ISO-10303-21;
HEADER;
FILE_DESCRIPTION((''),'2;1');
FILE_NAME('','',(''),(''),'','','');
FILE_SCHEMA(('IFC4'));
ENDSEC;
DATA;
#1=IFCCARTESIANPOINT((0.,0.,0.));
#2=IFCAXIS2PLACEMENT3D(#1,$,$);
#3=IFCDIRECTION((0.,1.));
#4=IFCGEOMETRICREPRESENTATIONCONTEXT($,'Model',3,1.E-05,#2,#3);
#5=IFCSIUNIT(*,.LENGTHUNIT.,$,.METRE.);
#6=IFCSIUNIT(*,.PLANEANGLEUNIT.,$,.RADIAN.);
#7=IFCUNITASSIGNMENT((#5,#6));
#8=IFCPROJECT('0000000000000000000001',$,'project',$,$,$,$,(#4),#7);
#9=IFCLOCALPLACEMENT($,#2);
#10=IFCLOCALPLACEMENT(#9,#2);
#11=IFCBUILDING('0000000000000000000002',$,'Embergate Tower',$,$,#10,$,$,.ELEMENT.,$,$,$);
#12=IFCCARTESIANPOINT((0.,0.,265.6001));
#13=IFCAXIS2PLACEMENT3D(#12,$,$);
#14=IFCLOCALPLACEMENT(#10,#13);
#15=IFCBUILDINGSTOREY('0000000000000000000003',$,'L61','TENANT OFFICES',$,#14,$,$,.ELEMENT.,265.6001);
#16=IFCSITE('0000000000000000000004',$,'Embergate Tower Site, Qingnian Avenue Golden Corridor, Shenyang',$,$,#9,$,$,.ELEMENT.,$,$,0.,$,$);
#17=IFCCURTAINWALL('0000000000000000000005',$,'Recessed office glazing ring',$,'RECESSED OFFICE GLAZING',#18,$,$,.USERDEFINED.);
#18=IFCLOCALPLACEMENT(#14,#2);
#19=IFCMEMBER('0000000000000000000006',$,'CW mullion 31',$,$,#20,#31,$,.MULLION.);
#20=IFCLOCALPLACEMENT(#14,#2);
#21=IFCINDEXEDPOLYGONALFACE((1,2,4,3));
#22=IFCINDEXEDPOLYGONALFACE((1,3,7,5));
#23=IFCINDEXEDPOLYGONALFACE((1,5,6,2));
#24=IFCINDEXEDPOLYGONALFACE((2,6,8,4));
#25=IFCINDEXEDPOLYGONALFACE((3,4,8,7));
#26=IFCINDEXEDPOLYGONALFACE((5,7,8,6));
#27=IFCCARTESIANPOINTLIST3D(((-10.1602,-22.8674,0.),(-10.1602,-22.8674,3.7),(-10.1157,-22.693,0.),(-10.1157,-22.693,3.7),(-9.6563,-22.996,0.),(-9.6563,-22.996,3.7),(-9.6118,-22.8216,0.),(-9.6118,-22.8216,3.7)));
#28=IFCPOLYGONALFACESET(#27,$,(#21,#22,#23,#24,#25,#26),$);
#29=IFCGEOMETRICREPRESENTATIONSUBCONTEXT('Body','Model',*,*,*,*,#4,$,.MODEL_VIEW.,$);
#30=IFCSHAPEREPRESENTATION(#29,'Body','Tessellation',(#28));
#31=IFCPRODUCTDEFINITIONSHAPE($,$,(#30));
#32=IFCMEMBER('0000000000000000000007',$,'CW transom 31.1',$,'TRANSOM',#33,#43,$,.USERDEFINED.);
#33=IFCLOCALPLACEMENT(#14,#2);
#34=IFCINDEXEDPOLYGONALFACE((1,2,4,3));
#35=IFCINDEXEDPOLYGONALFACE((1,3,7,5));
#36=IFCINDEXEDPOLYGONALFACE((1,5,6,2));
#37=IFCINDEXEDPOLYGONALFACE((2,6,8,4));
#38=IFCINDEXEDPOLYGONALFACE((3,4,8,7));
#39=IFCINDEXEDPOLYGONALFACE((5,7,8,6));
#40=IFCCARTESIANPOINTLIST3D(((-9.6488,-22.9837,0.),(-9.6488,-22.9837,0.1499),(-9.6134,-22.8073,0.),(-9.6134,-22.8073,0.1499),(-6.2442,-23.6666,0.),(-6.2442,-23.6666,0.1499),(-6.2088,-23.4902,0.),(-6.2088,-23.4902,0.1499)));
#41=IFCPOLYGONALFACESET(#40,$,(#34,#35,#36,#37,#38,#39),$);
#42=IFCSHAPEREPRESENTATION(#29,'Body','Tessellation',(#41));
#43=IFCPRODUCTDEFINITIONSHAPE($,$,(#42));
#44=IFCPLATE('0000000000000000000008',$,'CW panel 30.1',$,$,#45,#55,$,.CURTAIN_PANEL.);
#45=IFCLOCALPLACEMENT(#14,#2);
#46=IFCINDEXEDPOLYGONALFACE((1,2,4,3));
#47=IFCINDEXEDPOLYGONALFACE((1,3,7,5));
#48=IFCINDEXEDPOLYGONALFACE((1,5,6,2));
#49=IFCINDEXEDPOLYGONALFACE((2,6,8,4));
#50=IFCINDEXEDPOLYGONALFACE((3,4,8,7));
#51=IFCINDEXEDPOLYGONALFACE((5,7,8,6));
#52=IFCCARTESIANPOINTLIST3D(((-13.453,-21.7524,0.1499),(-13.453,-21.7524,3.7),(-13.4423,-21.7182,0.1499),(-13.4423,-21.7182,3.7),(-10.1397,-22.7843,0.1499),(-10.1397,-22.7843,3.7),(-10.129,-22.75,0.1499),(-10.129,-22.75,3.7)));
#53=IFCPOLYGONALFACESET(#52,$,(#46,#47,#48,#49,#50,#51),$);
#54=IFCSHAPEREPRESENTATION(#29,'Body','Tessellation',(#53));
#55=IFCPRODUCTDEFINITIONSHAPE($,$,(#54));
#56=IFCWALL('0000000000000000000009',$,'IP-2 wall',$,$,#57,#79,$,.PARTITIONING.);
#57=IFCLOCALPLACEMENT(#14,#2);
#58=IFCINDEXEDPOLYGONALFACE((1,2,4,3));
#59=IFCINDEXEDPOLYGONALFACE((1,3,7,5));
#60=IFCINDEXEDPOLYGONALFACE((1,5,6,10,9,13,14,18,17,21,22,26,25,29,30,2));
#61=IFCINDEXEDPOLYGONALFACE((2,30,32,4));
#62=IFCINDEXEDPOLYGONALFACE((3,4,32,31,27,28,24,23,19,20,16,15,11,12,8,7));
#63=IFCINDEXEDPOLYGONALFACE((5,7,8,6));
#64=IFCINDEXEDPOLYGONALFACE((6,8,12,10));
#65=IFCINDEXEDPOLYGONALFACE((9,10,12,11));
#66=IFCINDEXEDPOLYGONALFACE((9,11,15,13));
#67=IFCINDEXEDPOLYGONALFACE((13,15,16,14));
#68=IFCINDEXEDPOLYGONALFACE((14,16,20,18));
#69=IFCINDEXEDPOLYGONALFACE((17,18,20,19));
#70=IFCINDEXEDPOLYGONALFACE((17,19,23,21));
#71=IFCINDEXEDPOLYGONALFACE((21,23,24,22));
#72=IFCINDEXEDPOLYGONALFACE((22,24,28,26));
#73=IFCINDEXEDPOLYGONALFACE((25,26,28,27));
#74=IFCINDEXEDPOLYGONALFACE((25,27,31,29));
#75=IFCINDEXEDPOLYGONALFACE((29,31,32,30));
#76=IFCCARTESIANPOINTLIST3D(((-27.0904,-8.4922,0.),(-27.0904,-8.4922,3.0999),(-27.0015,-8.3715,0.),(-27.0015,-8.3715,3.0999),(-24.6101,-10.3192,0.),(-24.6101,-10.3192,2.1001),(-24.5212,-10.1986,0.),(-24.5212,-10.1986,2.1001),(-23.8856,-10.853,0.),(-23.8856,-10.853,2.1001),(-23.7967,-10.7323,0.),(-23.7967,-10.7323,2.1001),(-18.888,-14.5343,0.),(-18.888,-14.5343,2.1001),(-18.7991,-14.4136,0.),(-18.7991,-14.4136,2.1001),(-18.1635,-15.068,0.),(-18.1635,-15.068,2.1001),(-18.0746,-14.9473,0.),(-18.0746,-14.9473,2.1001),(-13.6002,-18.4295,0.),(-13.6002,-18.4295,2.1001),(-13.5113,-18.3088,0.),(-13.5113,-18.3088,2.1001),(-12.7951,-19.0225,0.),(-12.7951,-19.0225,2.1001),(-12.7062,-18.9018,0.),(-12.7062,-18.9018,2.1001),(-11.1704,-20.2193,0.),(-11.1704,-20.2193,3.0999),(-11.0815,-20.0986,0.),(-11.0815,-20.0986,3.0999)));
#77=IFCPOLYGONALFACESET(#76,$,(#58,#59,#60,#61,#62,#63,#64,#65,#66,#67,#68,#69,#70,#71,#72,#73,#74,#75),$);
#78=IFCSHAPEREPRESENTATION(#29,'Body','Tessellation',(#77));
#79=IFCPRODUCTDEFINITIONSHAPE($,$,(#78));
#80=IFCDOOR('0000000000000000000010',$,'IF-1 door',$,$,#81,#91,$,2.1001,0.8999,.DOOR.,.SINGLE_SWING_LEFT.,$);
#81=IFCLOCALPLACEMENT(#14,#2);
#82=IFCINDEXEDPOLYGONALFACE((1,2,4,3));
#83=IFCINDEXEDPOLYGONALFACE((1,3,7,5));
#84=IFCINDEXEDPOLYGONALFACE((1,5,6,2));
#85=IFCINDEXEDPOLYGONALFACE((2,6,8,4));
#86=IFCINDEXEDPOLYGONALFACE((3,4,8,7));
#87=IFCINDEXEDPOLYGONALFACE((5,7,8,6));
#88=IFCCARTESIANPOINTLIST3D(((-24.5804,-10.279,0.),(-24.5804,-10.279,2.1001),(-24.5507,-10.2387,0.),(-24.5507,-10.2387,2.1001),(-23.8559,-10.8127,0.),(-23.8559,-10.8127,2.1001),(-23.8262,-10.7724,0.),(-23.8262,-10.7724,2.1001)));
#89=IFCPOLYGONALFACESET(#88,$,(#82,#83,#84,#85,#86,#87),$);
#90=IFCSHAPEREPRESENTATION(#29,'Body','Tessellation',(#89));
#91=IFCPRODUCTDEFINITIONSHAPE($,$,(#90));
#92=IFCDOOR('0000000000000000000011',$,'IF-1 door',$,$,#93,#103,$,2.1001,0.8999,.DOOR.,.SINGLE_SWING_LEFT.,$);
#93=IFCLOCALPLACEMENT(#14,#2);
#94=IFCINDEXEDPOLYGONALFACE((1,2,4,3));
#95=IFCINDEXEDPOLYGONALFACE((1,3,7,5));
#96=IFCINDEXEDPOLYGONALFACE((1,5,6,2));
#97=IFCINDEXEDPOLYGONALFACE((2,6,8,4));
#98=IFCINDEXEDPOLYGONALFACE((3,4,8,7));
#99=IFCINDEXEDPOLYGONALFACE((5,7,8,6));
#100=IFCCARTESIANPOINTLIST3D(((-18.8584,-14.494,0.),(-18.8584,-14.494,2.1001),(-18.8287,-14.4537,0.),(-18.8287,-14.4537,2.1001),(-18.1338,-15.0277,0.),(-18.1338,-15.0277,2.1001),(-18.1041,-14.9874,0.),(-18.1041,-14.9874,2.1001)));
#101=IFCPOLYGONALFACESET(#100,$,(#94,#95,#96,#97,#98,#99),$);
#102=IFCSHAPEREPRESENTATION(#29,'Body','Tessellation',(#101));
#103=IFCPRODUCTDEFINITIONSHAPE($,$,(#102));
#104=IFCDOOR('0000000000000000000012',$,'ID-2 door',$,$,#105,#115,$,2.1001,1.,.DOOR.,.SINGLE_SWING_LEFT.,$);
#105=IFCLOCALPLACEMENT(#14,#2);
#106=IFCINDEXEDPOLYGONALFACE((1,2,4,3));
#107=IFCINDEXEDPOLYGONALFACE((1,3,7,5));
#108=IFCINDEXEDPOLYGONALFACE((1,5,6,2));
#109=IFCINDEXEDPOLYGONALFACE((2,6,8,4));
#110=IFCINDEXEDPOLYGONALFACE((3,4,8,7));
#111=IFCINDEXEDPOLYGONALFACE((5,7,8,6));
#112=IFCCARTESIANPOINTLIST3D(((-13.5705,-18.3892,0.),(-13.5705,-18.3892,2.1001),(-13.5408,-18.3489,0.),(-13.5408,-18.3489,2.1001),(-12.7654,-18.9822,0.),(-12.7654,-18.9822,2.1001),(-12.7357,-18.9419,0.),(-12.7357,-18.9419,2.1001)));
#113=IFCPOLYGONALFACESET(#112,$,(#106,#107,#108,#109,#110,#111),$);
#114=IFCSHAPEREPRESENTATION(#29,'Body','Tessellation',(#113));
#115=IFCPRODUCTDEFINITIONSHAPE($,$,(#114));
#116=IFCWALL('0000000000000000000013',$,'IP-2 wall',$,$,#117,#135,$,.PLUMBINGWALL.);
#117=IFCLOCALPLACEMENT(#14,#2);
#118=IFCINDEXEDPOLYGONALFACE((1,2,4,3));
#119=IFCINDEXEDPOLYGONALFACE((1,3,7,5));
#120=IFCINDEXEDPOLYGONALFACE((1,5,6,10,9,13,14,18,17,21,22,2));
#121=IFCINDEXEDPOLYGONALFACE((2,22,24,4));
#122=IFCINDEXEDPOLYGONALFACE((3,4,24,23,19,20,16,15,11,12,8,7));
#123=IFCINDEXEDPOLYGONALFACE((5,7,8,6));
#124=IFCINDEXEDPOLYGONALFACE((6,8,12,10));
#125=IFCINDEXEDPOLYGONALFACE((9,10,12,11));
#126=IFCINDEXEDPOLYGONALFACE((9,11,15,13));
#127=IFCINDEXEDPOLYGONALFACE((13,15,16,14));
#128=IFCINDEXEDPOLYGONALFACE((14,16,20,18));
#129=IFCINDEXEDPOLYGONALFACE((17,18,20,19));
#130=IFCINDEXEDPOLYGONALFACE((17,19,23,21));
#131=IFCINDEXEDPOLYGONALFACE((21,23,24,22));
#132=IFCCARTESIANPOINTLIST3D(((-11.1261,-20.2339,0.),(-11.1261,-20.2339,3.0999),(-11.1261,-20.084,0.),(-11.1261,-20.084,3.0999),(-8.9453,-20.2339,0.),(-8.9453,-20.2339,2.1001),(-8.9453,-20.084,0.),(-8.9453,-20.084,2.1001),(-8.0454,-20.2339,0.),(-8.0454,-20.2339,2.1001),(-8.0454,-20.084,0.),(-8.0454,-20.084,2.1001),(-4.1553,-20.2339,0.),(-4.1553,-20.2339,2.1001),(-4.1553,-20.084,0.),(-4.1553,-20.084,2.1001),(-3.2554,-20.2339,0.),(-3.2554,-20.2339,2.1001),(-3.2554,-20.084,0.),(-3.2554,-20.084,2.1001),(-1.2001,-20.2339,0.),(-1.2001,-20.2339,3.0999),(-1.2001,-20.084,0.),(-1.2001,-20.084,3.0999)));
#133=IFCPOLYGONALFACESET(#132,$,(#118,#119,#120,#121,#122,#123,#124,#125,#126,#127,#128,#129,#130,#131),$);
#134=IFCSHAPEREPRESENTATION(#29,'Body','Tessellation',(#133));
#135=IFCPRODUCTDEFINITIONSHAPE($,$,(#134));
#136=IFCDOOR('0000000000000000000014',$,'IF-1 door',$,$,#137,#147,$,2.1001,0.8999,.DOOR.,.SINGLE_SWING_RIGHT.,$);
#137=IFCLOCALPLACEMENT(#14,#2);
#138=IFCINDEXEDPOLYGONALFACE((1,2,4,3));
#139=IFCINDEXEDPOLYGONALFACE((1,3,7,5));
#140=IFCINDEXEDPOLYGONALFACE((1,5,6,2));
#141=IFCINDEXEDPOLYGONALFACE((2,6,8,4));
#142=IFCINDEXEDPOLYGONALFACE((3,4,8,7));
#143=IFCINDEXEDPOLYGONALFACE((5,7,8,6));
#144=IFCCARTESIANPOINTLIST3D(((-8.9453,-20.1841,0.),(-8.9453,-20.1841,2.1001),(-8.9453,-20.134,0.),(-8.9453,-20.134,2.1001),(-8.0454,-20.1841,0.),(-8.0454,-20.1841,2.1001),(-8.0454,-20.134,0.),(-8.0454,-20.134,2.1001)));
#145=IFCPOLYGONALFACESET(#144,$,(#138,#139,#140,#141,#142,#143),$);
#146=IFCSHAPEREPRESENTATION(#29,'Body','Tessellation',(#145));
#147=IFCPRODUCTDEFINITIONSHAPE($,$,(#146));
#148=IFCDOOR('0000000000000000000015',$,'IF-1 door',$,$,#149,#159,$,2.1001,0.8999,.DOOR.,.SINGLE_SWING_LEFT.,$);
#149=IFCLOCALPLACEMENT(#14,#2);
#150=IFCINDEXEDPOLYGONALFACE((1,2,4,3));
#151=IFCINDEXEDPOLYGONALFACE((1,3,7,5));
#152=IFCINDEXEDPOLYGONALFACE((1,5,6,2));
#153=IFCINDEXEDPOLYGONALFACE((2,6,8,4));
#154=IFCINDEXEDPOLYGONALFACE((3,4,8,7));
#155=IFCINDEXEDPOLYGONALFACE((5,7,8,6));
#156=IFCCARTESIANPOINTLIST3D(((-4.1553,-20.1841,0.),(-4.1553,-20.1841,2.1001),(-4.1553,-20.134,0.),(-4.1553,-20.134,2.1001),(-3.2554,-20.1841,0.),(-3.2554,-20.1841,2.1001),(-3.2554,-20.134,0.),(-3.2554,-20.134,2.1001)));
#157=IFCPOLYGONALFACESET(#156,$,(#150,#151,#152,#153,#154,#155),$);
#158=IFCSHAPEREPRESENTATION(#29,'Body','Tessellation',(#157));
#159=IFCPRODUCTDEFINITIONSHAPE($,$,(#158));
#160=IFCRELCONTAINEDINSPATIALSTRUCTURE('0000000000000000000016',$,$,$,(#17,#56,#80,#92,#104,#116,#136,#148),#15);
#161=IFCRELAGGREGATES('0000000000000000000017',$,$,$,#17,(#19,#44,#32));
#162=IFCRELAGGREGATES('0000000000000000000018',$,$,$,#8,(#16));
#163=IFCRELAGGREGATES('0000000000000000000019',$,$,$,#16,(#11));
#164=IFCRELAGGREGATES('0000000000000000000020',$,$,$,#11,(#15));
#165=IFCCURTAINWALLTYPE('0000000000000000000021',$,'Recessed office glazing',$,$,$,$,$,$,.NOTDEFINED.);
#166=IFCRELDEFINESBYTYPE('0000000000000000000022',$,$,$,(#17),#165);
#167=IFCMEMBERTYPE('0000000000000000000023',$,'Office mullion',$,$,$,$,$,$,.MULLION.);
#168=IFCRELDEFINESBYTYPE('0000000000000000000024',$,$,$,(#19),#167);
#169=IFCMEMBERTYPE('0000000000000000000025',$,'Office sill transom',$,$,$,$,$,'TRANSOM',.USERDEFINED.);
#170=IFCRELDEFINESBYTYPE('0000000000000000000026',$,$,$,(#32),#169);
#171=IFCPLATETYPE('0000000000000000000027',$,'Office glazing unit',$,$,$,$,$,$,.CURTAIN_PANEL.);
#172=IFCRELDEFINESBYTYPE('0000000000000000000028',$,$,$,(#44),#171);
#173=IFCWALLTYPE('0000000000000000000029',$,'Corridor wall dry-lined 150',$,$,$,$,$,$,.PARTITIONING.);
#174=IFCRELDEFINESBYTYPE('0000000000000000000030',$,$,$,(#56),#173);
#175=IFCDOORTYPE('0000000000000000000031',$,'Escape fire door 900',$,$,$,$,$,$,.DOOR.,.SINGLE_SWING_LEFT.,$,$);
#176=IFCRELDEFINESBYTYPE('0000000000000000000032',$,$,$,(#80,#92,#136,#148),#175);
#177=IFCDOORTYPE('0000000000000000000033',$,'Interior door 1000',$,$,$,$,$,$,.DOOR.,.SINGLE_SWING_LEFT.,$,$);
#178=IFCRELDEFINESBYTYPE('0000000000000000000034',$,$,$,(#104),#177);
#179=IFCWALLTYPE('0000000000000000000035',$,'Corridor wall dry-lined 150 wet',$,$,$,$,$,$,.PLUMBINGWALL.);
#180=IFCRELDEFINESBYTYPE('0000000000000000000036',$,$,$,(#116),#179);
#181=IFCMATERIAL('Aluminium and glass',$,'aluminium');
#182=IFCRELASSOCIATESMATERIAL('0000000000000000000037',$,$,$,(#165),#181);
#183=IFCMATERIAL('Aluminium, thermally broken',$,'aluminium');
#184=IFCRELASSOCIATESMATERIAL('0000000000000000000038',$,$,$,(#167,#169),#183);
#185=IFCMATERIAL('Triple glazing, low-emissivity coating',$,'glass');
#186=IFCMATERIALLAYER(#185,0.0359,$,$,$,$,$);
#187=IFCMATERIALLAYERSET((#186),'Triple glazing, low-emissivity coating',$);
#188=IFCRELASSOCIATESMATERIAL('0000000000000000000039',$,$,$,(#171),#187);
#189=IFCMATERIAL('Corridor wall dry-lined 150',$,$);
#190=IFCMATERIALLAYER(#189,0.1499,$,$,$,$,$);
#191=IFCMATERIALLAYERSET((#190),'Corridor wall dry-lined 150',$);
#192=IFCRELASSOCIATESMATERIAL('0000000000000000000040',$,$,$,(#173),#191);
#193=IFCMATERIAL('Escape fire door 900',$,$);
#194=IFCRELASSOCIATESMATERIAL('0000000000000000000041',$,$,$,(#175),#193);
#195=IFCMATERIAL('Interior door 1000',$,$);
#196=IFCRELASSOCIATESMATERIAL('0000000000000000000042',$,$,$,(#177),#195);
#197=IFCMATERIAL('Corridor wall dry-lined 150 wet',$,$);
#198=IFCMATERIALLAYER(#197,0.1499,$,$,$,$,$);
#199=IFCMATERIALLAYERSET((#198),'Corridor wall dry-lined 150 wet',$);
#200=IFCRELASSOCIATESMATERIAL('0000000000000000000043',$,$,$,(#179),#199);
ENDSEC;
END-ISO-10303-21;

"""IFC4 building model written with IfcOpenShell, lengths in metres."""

from ifc_helpers import new_model, si_unit, direction, frame, frame_2d, origin, origin_2d, place, context, subcontext, project, spatial, rectangle, extrude, source, transform, mapped, material, layer, layer_set, material_profile, profile_set, type_object, element, fill, aggregate, save


model = new_model("IFC4")

# Units and contexts
model_context = context("Model", 3, precision=1e-05, world=origin(), true_north=direction((0.0, 1.0)))
body_context = subcontext(model_context, "Body", "Model", "MODEL_VIEW")
ifc_project = project(units=[si_unit("LENGTHUNIT", "METRE"), si_unit("PLANEANGLEUNIT", "RADIAN")], contexts=[model_context])

# Site, building, storey
site_placement = place(None, origin())
site = spatial("IfcSite", under=ifc_project, at=site_placement, Name="Embergate Tower Site, Qingnian Avenue Golden Corridor, Shenyang", CompositionType="ELEMENT", RefElevation=0.0)
building_placement = place(site_placement, origin())
building = spatial("IfcBuilding", under=site, at=building_placement, Name="Embergate Tower", CompositionType="ELEMENT")
storey_placement = place(building_placement, frame((0.0, 0.0, 265.6001)))
storey = spatial("IfcBuildingStorey", under=building, at=storey_placement, Name="L61", Description="TENANT OFFICES", CompositionType="ELEMENT", Elevation=265.6001)

# Curtain wall, members, plate
ifc_material_1 = material(Name="Aluminium and glass", Category="aluminium")
curtain_wall_type = type_object("IfcCurtainWallType", Name="Recessed office glazing", PredefinedType="NOTDEFINED", material=ifc_material_1)
curtain_wall_placement = place(storey_placement, origin())
curtain_wall = element("IfcCurtainWall", 1, at=curtain_wall_placement, inside=storey, type_object=curtain_wall_type, Name="Recessed office glazing ring", ObjectType="RECESSED OFFICE GLAZING", PredefinedType="USERDEFINED")
ifc_material_2 = material(Name="Aluminium, thermally broken", Category="aluminium")
ifc_material_profile_1 = material_profile(ifc_material_2, rectangle(XDim=0.1799, YDim=0.52, at=origin_2d()), Name="AL 520x180")
ifc_profile_set_1 = profile_set([ifc_material_profile_1], Name="Aluminium, thermally broken")
member_type_1 = type_object("IfcMemberType", Name="Office mullion", PredefinedType="MULLION", material=ifc_profile_set_1)
shared_shape_1 = source(origin(), body_context, "Body", "SweptSolid", [
    extrude(rectangle(XDim=0.1799, YDim=0.52, at=origin_2d()), origin(), (0.0, 0.0, 1.0), 3.7),
])
member_1_placement = place(storey_placement, frame((-9.886, -22.8445, 0.0), z_axis=(0.0, 0.0, 1.0), x_axis=(0.247307, 0.968937, 0.0)))
member_1 = element("IfcMember", 2, at=member_1_placement, type_object=member_type_1, Name="CW mullion 31", PredefinedType="MULLION", context=body_context, shape_type="MappedRepresentation", body=[
    mapped(shared_shape_1, transform((0.0, 0.0, 0.0))),
])
ifc_material_profile_2 = material_profile(ifc_material_2, rectangle(XDim=0.1799, YDim=0.1499, at=origin_2d()), Name="AL 150x180")
ifc_profile_set_2 = profile_set([ifc_material_profile_2], Name="Aluminium, thermally broken")
member_type_2 = type_object("IfcMemberType", Name="Office sill transom", ElementType="TRANSOM", PredefinedType="USERDEFINED", material=ifc_profile_set_2)
shared_shape_2 = source(origin(), body_context, "Body", "SweptSolid", [
    extrude(rectangle(XDim=0.1799, YDim=0.1499, at=origin_2d()), origin(), (0.0, 0.0, 1.0), 3.4724),
])
member_2_placement = place(storey_placement, frame((-9.6311, -22.8955, 0.075), z_axis=(0.980472, -0.196657, 0.0), x_axis=(0.196657, 0.980472, 0.0)))
member_2 = element("IfcMember", 3, at=member_2_placement, type_object=member_type_2, Name="CW transom 31.1", ObjectType="TRANSOM", PredefinedType="USERDEFINED", context=body_context, shape_type="MappedRepresentation", body=[
    mapped(shared_shape_2, transform((0.0, 0.0, 0.0))),
])
ifc_material_3 = material(Name="Triple glazing, low-emissivity coating", Category="glass")
ifc_layer_1 = layer(ifc_material_3, 0.0359)
ifc_layer_set_1 = layer_set([ifc_layer_1], Name="Triple glazing, low-emissivity coating")
plate_type = type_object("IfcPlateType", Name="Office glazing unit", PredefinedType="CURTAIN_PANEL", material=ifc_layer_set_1)
shared_shape_3 = source(origin(), body_context, "Body", "SweptSolid", [
    extrude(rectangle(XDim=3.4702, YDim=0.0359, at=origin_2d()), origin(), (0.0, 0.0, 1.0), 3.55),
])
plate_placement = place(storey_placement, frame((-11.791, -22.2512, 0.1499), z_axis=(0.0, 0.0, 1.0), x_axis=(0.954773, -0.297337, 0.0)))
plate = element("IfcPlate", 4, at=plate_placement, type_object=plate_type, Name="CW panel 30.1", PredefinedType="CURTAIN_PANEL", context=body_context, shape_type="MappedRepresentation", body=[
    mapped(shared_shape_3, transform((0.0, 0.0, 0.0))),
])
aggregate(curtain_wall, [member_1, plate, member_2])

# Walls, openings, doors
ifc_material_4 = material(Name="Corridor wall dry-lined 150")
ifc_layer_2 = layer(ifc_material_4, 0.1499)
ifc_layer_set_2 = layer_set([ifc_layer_2], Name="Corridor wall dry-lined 150")
wall_type_1 = type_object("IfcWallType", Name="Corridor wall dry-lined 150", PredefinedType="PARTITIONING", material=ifc_layer_set_2)
shared_shape_4 = source(origin(), body_context, "Body", "SweptSolid", [
    extrude(rectangle(XDim=19.7729, YDim=0.1499, at=frame_2d((9.8865, 0.0))), origin(), (0.0, 0.0, 1.0), 3.0999),
])
wall_1_placement = place(storey_placement, frame((-11.126, -20.1589, 0.0), z_axis=(0.0, 0.0, 1.0), x_axis=(-0.805138, 0.593087, 0.0)))
wall_1 = element("IfcWall", 5, at=wall_1_placement, inside=storey, type_object=wall_type_1, Name="IP-2 wall", PredefinedType="PARTITIONING", context=body_context, shape_type="MappedRepresentation", body=[
    mapped(shared_shape_4, transform((0.0, 0.0, 0.0))),
])
shared_shape_5 = source(origin(), body_context, "Body", "SweptSolid", [
    extrude(rectangle(XDim=0.8999, YDim=2.1001, at=frame_2d((0.45, 1.05))), frame((0.0, 0.085, 0.0), z_axis=(0.0, -1.0, 0.0), x_axis=(1.0, 0.0, 0.0)), (0.0, 0.0, 1.0), 0.1699),
])
opening_1_placement = place(wall_1_placement, frame((15.7925, 0.0, 0.0)))
opening_1 = element("IfcOpeningElement", 6, at=opening_1_placement, cuts=wall_1, PredefinedType="OPENING", context=body_context, shape_type="MappedRepresentation", body=[
    mapped(shared_shape_5, transform((0.0, 0.0, 0.0))),
])
opening_2_placement = place(wall_1_placement, frame((8.6855, 0.0, 0.0)))
opening_2 = element("IfcOpeningElement", 7, at=opening_2_placement, cuts=wall_1, PredefinedType="OPENING", context=body_context, shape_type="MappedRepresentation", body=[
    mapped(shared_shape_5, transform((0.0, 0.0, 0.0))),
])
shared_shape_6 = source(origin(), body_context, "Body", "SweptSolid", [
    extrude(rectangle(XDim=1.0, YDim=2.1001, at=frame_2d((0.5, 1.05))), frame((0.0, 0.085, 0.0), z_axis=(0.0, -1.0, 0.0), x_axis=(1.0, 0.0, 0.0)), (0.0, 0.0, 1.0), 0.1699),
])
opening_3_placement = place(wall_1_placement, frame((2.0178, 0.0, 0.0)))
opening_3 = element("IfcOpeningElement", 8, at=opening_3_placement, cuts=wall_1, PredefinedType="OPENING", context=body_context, shape_type="MappedRepresentation", body=[
    mapped(shared_shape_6, transform((0.0, 0.0, 0.0))),
])
ifc_material_5 = material(Name="Escape fire door 900")
door_type_1 = type_object("IfcDoorType", Name="Escape fire door 900", OperationType="SINGLE_SWING_LEFT", PredefinedType="DOOR", material=ifc_material_5)
shared_shape_7 = source(origin(), body_context, "Body", "SweptSolid", [
    extrude(rectangle(XDim=0.8999, YDim=2.1001, at=frame_2d((0.45, 1.05))), frame((0.0, 0.0249, 0.0), z_axis=(0.0, -1.0, 0.0), x_axis=(1.0, 0.0, 0.0)), (0.0, 0.0, 1.0), 0.05),
])
door_1_placement = place(opening_1_placement, origin())
door_1 = element("IfcDoor", 9, at=door_1_placement, inside=storey, type_object=door_type_1, Name="IF-1 door", OperationType="SINGLE_SWING_LEFT", OverallHeight=2.1001, OverallWidth=0.8999, PredefinedType="DOOR", context=body_context, shape_type="MappedRepresentation", body=[
    mapped(shared_shape_7, transform((0.0, 0.0, 0.0))),
])
fill(opening_1, door_1)
door_2_placement = place(opening_2_placement, origin())
door_2 = element("IfcDoor", 10, at=door_2_placement, inside=storey, type_object=door_type_1, Name="IF-1 door", OperationType="SINGLE_SWING_LEFT", OverallHeight=2.1001, OverallWidth=0.8999, PredefinedType="DOOR", context=body_context, shape_type="MappedRepresentation", body=[
    mapped(shared_shape_7, transform((0.0, 0.0, 0.0))),
])
fill(opening_2, door_2)
ifc_material_6 = material(Name="Interior door 1000")
door_type_2 = type_object("IfcDoorType", Name="Interior door 1000", OperationType="SINGLE_SWING_LEFT", PredefinedType="DOOR", material=ifc_material_6)
shared_shape_8 = source(origin(), body_context, "Body", "SweptSolid", [
    extrude(rectangle(XDim=1.0, YDim=2.1001, at=frame_2d((0.5, 1.05))), frame((0.0, 0.0249, 0.0), z_axis=(0.0, -1.0, 0.0), x_axis=(1.0, 0.0, 0.0)), (0.0, 0.0, 1.0), 0.05),
])
door_3_placement = place(opening_3_placement, origin())
door_3 = element("IfcDoor", 11, at=door_3_placement, inside=storey, type_object=door_type_2, Name="ID-2 door", OperationType="SINGLE_SWING_LEFT", OverallHeight=2.1001, OverallWidth=1.0, PredefinedType="DOOR", context=body_context, shape_type="MappedRepresentation", body=[
    mapped(shared_shape_8, transform((0.0, 0.0, 0.0))),
])
fill(opening_3, door_3)
ifc_material_7 = material(Name="Corridor wall dry-lined 150 wet")
ifc_layer_3 = layer(ifc_material_7, 0.1499)
ifc_layer_set_3 = layer_set([ifc_layer_3], Name="Corridor wall dry-lined 150 wet")
wall_type_2 = type_object("IfcWallType", Name="Corridor wall dry-lined 150 wet", PredefinedType="PLUMBINGWALL", material=ifc_layer_set_3)
shared_shape_9 = source(origin(), body_context, "Body", "SweptSolid", [
    extrude(rectangle(XDim=9.926, YDim=0.1499, at=frame_2d((4.9629, 0.0))), origin(), (0.0, 0.0, 1.0), 3.0999),
])
wall_2_placement = place(storey_placement, frame((-11.126, -20.1589, 0.0), z_axis=(0.0, 0.0, 1.0), x_axis=(1.0, 0.0, 0.0)))
wall_2 = element("IfcWall", 12, at=wall_2_placement, inside=storey, type_object=wall_type_2, Name="IP-2 wall", PredefinedType="PLUMBINGWALL", context=body_context, shape_type="MappedRepresentation", body=[
    mapped(shared_shape_9, transform((0.0, 0.0, 0.0))),
])
opening_4_placement = place(wall_2_placement, frame((2.1807, 0.0, 0.0)))
opening_4 = element("IfcOpeningElement", 13, at=opening_4_placement, cuts=wall_2, PredefinedType="OPENING", context=body_context, shape_type="MappedRepresentation", body=[
    mapped(shared_shape_5, transform((0.0, 0.0, 0.0))),
])
opening_5_placement = place(wall_2_placement, frame((6.9707, 0.0, 0.0)))
opening_5 = element("IfcOpeningElement", 14, at=opening_5_placement, cuts=wall_2, PredefinedType="OPENING", context=body_context, shape_type="MappedRepresentation", body=[
    mapped(shared_shape_5, transform((0.0, 0.0, 0.0))),
])
door_4_placement = place(opening_4_placement, origin())
door_4 = element("IfcDoor", 15, at=door_4_placement, inside=storey, type_object=door_type_1, Name="IF-1 door", OperationType="SINGLE_SWING_RIGHT", OverallHeight=2.1001, OverallWidth=0.8999, PredefinedType="DOOR", context=body_context, shape_type="MappedRepresentation", body=[
    mapped(shared_shape_7, transform((0.0, 0.0, 0.0))),
])
fill(opening_4, door_4)
door_5_placement = place(opening_5_placement, origin())
door_5 = element("IfcDoor", 16, at=door_5_placement, inside=storey, type_object=door_type_1, Name="IF-1 door", OperationType="SINGLE_SWING_LEFT", OverallHeight=2.1001, OverallWidth=0.8999, PredefinedType="DOOR", context=body_context, shape_type="MappedRepresentation", body=[
    mapped(shared_shape_7, transform((0.0, 0.0, 0.0))),
])
fill(opening_5, door_5)

save(model, "model.ifc")
